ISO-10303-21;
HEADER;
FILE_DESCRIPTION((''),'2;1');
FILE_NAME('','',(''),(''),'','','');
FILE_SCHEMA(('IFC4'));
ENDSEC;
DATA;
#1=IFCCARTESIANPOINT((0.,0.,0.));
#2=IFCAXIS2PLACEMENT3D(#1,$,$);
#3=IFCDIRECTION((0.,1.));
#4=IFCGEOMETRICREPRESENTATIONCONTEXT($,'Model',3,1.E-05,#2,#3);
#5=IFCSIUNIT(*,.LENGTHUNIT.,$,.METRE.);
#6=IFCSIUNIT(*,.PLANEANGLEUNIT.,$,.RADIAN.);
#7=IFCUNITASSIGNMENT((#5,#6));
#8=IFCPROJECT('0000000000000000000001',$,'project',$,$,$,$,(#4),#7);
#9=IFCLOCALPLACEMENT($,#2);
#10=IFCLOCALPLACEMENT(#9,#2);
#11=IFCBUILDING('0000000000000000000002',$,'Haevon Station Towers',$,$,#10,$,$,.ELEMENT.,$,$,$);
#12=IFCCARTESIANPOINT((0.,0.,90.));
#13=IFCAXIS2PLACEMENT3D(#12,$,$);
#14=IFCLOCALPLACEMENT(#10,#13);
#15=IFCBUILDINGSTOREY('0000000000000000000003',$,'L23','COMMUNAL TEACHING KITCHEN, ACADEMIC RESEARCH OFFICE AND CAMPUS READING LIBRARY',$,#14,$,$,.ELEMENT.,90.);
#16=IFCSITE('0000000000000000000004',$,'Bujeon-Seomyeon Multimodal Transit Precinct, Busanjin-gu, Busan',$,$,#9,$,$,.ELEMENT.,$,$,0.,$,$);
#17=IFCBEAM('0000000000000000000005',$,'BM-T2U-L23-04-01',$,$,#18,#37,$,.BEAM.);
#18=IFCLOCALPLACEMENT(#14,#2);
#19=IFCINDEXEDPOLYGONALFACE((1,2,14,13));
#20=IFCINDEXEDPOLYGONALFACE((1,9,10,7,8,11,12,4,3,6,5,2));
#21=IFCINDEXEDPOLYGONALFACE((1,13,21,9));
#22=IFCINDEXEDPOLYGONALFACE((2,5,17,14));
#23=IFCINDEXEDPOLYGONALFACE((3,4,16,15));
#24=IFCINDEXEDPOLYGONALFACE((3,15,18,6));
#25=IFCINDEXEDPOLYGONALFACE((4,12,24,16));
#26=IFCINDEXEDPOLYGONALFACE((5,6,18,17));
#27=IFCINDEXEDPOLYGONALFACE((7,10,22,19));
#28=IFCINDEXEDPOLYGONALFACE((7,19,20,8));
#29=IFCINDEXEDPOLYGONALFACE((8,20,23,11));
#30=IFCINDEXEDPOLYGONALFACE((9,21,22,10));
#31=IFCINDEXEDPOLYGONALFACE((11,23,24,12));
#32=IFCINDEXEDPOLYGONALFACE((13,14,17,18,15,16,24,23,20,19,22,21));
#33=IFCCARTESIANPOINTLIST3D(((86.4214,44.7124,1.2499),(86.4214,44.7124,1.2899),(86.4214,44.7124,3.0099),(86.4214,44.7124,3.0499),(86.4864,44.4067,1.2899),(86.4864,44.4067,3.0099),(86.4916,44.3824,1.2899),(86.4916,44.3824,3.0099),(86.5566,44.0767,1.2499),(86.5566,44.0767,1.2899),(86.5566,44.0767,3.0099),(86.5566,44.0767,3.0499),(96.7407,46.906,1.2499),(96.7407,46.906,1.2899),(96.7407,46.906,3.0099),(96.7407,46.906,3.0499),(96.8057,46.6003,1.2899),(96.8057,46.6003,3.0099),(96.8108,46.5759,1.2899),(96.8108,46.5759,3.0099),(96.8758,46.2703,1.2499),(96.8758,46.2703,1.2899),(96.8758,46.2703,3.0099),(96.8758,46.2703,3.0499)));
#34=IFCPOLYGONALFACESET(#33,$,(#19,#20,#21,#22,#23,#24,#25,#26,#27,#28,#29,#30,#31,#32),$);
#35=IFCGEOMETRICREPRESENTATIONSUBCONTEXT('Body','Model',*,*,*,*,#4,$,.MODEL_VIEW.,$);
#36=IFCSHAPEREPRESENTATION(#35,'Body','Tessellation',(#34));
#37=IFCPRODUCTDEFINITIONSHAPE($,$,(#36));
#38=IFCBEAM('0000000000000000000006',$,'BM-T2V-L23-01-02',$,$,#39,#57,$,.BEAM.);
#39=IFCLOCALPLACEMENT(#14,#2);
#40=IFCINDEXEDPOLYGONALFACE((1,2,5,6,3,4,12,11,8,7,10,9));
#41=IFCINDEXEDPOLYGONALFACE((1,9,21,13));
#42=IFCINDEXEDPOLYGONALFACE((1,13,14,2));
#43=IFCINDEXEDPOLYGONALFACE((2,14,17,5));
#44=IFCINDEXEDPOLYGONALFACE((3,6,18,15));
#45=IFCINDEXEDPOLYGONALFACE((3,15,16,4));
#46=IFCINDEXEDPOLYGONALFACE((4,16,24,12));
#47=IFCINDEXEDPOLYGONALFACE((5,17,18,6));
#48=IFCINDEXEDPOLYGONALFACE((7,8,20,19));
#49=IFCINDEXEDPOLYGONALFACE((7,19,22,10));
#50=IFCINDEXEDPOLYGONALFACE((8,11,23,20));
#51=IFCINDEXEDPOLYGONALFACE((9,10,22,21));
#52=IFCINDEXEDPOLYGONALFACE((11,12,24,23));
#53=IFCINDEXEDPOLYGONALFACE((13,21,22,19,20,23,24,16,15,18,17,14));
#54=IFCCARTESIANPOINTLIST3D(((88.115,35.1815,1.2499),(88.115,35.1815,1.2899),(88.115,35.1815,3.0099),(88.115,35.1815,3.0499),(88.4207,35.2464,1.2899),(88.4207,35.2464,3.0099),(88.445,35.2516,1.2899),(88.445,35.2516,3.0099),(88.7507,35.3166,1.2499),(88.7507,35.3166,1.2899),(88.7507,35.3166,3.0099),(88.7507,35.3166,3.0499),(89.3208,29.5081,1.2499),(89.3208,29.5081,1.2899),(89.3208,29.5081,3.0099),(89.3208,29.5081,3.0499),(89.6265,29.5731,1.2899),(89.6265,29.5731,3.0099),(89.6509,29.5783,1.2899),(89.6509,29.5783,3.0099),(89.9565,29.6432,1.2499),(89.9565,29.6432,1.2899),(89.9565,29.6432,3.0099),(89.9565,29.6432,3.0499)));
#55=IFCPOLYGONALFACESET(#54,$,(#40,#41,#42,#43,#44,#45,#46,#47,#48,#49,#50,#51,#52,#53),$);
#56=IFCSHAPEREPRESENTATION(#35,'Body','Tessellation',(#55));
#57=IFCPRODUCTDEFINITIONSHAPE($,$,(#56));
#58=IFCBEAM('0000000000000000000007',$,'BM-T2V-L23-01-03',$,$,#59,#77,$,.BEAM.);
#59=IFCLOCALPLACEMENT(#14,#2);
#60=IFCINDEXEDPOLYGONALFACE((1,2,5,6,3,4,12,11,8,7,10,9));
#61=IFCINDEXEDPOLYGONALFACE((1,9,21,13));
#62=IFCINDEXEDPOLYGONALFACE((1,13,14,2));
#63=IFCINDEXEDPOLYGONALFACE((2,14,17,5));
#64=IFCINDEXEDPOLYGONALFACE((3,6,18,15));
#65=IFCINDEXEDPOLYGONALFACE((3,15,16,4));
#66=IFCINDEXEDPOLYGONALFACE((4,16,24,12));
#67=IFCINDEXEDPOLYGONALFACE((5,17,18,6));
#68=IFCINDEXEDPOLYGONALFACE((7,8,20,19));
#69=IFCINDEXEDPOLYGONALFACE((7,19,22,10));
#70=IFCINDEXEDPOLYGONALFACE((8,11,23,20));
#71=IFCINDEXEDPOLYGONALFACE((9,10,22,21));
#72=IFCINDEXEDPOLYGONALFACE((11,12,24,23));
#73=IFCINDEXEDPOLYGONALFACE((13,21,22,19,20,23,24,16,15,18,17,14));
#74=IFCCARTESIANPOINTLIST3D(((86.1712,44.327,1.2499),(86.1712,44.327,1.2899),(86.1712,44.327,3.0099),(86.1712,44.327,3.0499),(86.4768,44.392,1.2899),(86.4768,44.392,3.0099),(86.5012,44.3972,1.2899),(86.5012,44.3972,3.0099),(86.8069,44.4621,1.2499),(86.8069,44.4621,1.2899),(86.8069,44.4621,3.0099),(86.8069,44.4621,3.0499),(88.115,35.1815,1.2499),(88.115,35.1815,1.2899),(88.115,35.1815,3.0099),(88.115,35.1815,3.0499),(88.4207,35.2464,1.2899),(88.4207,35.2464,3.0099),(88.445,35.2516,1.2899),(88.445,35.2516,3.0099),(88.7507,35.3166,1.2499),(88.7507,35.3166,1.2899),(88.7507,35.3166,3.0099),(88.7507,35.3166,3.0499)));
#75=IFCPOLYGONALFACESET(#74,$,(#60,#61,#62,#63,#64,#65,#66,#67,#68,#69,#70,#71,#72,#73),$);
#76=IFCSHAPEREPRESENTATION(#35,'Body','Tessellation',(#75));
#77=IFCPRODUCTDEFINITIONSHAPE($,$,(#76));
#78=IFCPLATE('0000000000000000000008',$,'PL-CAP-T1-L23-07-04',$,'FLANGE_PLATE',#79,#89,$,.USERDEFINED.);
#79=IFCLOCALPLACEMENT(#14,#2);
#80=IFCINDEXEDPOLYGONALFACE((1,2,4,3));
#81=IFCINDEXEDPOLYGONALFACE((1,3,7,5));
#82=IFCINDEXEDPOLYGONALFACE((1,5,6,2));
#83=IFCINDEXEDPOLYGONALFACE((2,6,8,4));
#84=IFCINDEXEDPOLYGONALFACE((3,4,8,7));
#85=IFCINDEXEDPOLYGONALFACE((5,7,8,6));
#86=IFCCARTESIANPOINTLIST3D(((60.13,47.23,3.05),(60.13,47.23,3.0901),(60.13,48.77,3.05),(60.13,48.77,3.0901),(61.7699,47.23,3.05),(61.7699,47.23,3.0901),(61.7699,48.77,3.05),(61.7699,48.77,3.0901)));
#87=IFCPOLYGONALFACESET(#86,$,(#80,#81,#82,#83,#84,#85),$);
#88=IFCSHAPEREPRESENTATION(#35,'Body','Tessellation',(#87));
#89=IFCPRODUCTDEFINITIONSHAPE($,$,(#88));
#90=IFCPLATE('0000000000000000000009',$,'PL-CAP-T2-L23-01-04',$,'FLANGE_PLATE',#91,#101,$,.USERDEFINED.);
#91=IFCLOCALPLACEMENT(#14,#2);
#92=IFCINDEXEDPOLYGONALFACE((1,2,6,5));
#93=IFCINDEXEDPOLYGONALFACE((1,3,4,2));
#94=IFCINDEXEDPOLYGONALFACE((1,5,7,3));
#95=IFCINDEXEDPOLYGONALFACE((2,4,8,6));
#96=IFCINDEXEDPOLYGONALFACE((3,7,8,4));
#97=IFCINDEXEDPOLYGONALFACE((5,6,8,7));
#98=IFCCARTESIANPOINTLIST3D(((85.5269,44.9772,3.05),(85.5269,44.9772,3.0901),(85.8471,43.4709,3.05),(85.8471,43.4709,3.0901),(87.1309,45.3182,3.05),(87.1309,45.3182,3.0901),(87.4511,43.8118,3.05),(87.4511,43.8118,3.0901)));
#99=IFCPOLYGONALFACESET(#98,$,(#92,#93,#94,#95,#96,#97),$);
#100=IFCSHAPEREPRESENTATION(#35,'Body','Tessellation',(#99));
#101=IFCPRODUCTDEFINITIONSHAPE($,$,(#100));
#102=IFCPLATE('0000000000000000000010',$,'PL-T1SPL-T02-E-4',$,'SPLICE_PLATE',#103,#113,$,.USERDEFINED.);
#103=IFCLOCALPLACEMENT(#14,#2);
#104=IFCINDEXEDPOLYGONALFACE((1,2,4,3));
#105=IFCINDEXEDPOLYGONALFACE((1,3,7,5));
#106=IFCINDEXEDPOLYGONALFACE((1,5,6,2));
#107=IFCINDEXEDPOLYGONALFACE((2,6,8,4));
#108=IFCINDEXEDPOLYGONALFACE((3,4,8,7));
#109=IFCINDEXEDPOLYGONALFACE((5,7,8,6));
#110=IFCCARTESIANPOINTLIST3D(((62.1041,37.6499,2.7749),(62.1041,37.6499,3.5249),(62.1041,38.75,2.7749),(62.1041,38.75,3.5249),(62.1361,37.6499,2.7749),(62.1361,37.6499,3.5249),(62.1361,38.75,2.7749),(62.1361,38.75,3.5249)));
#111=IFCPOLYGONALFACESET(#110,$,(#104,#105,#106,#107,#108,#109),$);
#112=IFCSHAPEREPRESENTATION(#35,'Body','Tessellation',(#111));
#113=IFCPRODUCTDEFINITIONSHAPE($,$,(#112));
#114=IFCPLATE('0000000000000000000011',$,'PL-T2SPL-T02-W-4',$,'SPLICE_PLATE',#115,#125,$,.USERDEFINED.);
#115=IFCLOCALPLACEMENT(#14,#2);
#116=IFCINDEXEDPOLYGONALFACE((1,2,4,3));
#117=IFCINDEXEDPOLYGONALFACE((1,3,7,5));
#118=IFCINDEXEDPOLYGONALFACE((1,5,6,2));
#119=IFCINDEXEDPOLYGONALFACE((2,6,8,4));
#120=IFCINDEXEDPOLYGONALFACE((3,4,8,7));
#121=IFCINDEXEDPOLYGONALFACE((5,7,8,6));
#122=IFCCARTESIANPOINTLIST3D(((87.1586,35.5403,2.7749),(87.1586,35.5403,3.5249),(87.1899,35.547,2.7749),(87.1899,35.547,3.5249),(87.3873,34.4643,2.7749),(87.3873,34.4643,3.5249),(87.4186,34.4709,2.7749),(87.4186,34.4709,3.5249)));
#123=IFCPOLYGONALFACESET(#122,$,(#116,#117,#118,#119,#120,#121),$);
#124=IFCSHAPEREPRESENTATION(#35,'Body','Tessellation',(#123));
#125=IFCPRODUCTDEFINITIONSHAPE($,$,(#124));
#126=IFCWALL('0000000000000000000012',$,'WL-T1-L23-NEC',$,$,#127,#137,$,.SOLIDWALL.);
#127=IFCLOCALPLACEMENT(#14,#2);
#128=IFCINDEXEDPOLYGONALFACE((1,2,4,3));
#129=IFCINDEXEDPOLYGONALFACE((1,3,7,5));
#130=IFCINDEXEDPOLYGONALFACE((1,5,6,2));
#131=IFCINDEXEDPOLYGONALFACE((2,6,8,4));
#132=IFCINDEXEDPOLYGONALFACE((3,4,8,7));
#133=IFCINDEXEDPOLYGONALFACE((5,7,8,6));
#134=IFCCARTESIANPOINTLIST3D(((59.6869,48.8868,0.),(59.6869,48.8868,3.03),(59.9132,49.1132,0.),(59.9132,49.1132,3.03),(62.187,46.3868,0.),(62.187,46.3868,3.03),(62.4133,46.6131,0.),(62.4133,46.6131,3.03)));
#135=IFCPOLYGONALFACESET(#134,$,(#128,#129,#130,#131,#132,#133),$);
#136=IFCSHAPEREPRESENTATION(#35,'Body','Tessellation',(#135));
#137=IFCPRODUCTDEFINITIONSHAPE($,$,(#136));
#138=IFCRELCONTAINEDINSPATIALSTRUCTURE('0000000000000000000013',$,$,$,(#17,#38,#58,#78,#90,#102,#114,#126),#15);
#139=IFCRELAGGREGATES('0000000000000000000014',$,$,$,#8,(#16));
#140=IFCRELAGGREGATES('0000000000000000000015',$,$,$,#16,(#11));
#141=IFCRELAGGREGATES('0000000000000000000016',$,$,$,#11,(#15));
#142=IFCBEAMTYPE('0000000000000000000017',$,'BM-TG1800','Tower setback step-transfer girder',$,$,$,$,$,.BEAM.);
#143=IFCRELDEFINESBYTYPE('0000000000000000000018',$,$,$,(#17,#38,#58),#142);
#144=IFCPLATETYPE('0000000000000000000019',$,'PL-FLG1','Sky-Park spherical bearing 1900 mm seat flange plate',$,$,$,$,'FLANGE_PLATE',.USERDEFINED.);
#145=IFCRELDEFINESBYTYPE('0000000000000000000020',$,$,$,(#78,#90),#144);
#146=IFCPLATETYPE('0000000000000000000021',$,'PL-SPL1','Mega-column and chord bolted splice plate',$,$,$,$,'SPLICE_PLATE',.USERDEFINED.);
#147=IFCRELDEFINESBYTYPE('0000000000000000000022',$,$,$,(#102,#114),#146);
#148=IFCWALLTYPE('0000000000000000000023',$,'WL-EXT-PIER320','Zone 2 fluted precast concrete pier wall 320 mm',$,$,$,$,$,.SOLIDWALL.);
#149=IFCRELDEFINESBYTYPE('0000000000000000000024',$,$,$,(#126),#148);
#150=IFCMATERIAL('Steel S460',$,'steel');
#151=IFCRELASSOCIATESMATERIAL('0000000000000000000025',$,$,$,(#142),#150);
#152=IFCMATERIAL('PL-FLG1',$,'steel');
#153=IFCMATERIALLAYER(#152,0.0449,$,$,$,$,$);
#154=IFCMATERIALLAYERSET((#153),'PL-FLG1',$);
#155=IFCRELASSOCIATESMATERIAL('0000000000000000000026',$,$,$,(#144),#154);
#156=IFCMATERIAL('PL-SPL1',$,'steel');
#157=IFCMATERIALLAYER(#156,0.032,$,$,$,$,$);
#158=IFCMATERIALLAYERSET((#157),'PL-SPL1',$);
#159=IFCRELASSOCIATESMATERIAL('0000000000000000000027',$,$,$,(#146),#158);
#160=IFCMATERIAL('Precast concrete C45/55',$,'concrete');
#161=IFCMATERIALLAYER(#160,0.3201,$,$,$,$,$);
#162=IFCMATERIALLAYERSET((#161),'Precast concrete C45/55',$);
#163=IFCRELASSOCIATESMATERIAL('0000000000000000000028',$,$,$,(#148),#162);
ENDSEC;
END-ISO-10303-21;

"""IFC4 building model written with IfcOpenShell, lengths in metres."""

from ifc_helpers import new_model, si_unit, direction, frame, frame_2d, origin, origin_2d, place, context, subcontext, project, spatial, rectangle, i_section, extrude, material, layer, layer_set, material_profile, profile_set, type_object, element, save


model = new_model("IFC4")

# Units and contexts
model_context = context("Model", 3, precision=1e-05, world=origin(), true_north=direction((0.0, 1.0)))
body_context = subcontext(model_context, "Body", "Model", "MODEL_VIEW")
ifc_project = project(units=[si_unit("LENGTHUNIT", "METRE"), si_unit("PLANEANGLEUNIT", "RADIAN")], contexts=[model_context])

# Site, building, storey
site_placement = place(None, origin())
site = spatial("IfcSite", under=ifc_project, at=site_placement, Name="Bujeon-Seomyeon Multimodal Transit Precinct, Busanjin-gu, Busan", CompositionType="ELEMENT", RefElevation=0.0)
building_placement = place(site_placement, origin())
building = spatial("IfcBuilding", under=site, at=building_placement, Name="Haevon Station Towers", CompositionType="ELEMENT")
storey_placement = place(building_placement, frame((0.0, 0.0, 90.0)))
storey = spatial("IfcBuildingStorey", under=building, at=storey_placement, Name="L23", Description="COMMUNAL TEACHING KITCHEN, ACADEMIC RESEARCH OFFICE AND CAMPUS READING LIBRARY", CompositionType="ELEMENT", Elevation=90.0)

# Shared definitions
ifc_material_1 = material(Name="Steel S460", Category="steel")

# Beams
ifc_material_profile_1 = material_profile(ifc_material_1, i_section(OverallWidth=0.6499, OverallDepth=1.8, WebThickness=0.0249, FlangeThickness=0.04, at=origin_2d()), Name="H-1800x650x25x40")
ifc_profile_set_1 = profile_set([ifc_material_profile_1], Name="Steel S460")
beam_type_1 = type_object("IfcBeamType", Name="BM-TG1800", Description="Tower setback step-transfer girder", PredefinedType="BEAM", material=ifc_profile_set_1)
beam_1_placement = place(storey_placement, frame((86.489, 44.3945, 2.1499), z_axis=(0.978144, 0.207926, 0.0), x_axis=(-0.207926, 0.978144, 0.0)))
element("IfcBeam", 1, at=beam_1_placement, inside=storey, type_object=beam_type_1, Name="BM-T2U-L23-04-01", PredefinedType="BEAM", context=body_context, shape_type="SweptSolid", body=[
    extrude(i_section(OverallWidth=0.6499, OverallDepth=1.8, WebThickness=0.0249, FlangeThickness=0.04, at=origin_2d()), origin(), (0.0, 0.0, 1.0), 10.5498),
])
beam_2_placement = place(storey_placement, frame((89.6387, 29.5757, 2.1499), z_axis=(-0.207896, 0.978151, 0.0), x_axis=(-0.978151, -0.207896, 0.0)))
element("IfcBeam", 2, at=beam_2_placement, inside=storey, type_object=beam_type_1, Name="BM-T2V-L23-01-02", PredefinedType="BEAM", context=body_context, shape_type="SweptSolid", body=[
    extrude(i_section(OverallWidth=0.6499, OverallDepth=1.8, WebThickness=0.0249, FlangeThickness=0.04, at=origin_2d()), origin(), (0.0, 0.0, 1.0), 5.8),
])
beam_3_placement = place(storey_placement, frame((88.4329, 35.249, 2.1499), z_axis=(-0.207902, 0.97815, 0.0), x_axis=(-0.97815, -0.207902, 0.0)))
element("IfcBeam", 3, at=beam_3_placement, inside=storey, type_object=beam_type_1, Name="BM-T2V-L23-01-03", PredefinedType="BEAM", context=body_context, shape_type="SweptSolid", body=[
    extrude(i_section(OverallWidth=0.6499, OverallDepth=1.8, WebThickness=0.0249, FlangeThickness=0.04, at=origin_2d()), origin(), (0.0, 0.0, 1.0), 9.3499),
])

# Plates
ifc_material_2 = material(Name="PL-FLG1", Category="steel")
ifc_layer_1 = layer(ifc_material_2, 0.0449)
ifc_layer_set_1 = layer_set([ifc_layer_1], Name="PL-FLG1")
plate_type_1 = type_object("IfcPlateType", Name="PL-FLG1", Description="Sky-Park spherical bearing 1900 mm seat flange plate", ElementType="FLANGE_PLATE", PredefinedType="USERDEFINED", material=ifc_layer_set_1)
for number, where, z_axis, x_axis, name in (
    (4, (60.95, 48.0, 3.05), (0.0, 0.0, 1.0), (1.0, 0.0, 0.0), "PL-CAP-T1-L23-07-04"),
    (5, (86.489, 44.3945, 3.05), (0.0, 0.0, 1.0), (0.978148, 0.207912, 0.0), "PL-CAP-T2-L23-01-04"),
):
    element("IfcPlate", number, at=place(storey_placement, frame(where, z_axis=z_axis, x_axis=x_axis)), inside=storey, type_object=plate_type_1, Name=name, ObjectType="FLANGE_PLATE", PredefinedType="USERDEFINED", context=body_context, shape_type="SweptSolid", body=[
        extrude(rectangle(XDim=1.6399, YDim=1.54, at=origin_2d()), origin(), (0.0, 0.0, 1.0), 0.04),
    ])
ifc_material_3 = material(Name="PL-SPL1", Category="steel")
ifc_layer_2 = layer(ifc_material_3, 0.032)
ifc_layer_set_2 = layer_set([ifc_layer_2], Name="PL-SPL1")
plate_type_2 = type_object("IfcPlateType", Name="PL-SPL1", Description="Mega-column and chord bolted splice plate", ElementType="SPLICE_PLATE", PredefinedType="USERDEFINED", material=ifc_layer_set_2)
for number, where, z_axis, x_axis, name in (
    (6, (62.1201, 38.2, 2.7749), (0.0, 0.0, 1.0), (0.0, 1.0, 0.0), "PL-T1SPL-T02-E-4"),
    (7, (87.2886, 35.0056, 2.7749), (0.0, 0.0, 1.0), (-0.207912, 0.978148, 0.0), "PL-T2SPL-T02-W-4"),
):
    element("IfcPlate", number, at=place(storey_placement, frame(where, z_axis=z_axis, x_axis=x_axis)), inside=storey, type_object=plate_type_2, Name=name, ObjectType="SPLICE_PLATE", PredefinedType="USERDEFINED", context=body_context, shape_type="SweptSolid", body=[
        extrude(rectangle(XDim=1.1001, YDim=0.032, at=origin_2d()), origin(), (0.0, 0.0, 1.0), 0.75),
    ])

# Wall
ifc_material_4 = material(Name="Precast concrete C45/55", Category="concrete")
ifc_layer_3 = layer(ifc_material_4, 0.3201)
ifc_layer_set_3 = layer_set([ifc_layer_3], Name="Precast concrete C45/55")
wall_type = type_object("IfcWallType", Name="WL-EXT-PIER320", Description="Zone 2 fluted precast concrete pier wall 320 mm", PredefinedType="SOLIDWALL", material=ifc_layer_set_3)
wall_1_placement = place(storey_placement, frame((59.8, 49.0, 0.0), z_axis=(0.0, 0.0, 1.0), x_axis=(0.707107, -0.707107, 0.0)))
element("IfcWall", 8, at=wall_1_placement, inside=storey, type_object=wall_type, Name="WL-T1-L23-NEC", PredefinedType="SOLIDWALL", context=body_context, shape_type="SweptSolid", body=[
    extrude(rectangle(XDim=3.5356, YDim=0.3201, at=frame_2d((1.7678, 0.0))), origin(), (0.0, 0.0, 1.0), 3.03),
])

save(model, "model.ifc")
